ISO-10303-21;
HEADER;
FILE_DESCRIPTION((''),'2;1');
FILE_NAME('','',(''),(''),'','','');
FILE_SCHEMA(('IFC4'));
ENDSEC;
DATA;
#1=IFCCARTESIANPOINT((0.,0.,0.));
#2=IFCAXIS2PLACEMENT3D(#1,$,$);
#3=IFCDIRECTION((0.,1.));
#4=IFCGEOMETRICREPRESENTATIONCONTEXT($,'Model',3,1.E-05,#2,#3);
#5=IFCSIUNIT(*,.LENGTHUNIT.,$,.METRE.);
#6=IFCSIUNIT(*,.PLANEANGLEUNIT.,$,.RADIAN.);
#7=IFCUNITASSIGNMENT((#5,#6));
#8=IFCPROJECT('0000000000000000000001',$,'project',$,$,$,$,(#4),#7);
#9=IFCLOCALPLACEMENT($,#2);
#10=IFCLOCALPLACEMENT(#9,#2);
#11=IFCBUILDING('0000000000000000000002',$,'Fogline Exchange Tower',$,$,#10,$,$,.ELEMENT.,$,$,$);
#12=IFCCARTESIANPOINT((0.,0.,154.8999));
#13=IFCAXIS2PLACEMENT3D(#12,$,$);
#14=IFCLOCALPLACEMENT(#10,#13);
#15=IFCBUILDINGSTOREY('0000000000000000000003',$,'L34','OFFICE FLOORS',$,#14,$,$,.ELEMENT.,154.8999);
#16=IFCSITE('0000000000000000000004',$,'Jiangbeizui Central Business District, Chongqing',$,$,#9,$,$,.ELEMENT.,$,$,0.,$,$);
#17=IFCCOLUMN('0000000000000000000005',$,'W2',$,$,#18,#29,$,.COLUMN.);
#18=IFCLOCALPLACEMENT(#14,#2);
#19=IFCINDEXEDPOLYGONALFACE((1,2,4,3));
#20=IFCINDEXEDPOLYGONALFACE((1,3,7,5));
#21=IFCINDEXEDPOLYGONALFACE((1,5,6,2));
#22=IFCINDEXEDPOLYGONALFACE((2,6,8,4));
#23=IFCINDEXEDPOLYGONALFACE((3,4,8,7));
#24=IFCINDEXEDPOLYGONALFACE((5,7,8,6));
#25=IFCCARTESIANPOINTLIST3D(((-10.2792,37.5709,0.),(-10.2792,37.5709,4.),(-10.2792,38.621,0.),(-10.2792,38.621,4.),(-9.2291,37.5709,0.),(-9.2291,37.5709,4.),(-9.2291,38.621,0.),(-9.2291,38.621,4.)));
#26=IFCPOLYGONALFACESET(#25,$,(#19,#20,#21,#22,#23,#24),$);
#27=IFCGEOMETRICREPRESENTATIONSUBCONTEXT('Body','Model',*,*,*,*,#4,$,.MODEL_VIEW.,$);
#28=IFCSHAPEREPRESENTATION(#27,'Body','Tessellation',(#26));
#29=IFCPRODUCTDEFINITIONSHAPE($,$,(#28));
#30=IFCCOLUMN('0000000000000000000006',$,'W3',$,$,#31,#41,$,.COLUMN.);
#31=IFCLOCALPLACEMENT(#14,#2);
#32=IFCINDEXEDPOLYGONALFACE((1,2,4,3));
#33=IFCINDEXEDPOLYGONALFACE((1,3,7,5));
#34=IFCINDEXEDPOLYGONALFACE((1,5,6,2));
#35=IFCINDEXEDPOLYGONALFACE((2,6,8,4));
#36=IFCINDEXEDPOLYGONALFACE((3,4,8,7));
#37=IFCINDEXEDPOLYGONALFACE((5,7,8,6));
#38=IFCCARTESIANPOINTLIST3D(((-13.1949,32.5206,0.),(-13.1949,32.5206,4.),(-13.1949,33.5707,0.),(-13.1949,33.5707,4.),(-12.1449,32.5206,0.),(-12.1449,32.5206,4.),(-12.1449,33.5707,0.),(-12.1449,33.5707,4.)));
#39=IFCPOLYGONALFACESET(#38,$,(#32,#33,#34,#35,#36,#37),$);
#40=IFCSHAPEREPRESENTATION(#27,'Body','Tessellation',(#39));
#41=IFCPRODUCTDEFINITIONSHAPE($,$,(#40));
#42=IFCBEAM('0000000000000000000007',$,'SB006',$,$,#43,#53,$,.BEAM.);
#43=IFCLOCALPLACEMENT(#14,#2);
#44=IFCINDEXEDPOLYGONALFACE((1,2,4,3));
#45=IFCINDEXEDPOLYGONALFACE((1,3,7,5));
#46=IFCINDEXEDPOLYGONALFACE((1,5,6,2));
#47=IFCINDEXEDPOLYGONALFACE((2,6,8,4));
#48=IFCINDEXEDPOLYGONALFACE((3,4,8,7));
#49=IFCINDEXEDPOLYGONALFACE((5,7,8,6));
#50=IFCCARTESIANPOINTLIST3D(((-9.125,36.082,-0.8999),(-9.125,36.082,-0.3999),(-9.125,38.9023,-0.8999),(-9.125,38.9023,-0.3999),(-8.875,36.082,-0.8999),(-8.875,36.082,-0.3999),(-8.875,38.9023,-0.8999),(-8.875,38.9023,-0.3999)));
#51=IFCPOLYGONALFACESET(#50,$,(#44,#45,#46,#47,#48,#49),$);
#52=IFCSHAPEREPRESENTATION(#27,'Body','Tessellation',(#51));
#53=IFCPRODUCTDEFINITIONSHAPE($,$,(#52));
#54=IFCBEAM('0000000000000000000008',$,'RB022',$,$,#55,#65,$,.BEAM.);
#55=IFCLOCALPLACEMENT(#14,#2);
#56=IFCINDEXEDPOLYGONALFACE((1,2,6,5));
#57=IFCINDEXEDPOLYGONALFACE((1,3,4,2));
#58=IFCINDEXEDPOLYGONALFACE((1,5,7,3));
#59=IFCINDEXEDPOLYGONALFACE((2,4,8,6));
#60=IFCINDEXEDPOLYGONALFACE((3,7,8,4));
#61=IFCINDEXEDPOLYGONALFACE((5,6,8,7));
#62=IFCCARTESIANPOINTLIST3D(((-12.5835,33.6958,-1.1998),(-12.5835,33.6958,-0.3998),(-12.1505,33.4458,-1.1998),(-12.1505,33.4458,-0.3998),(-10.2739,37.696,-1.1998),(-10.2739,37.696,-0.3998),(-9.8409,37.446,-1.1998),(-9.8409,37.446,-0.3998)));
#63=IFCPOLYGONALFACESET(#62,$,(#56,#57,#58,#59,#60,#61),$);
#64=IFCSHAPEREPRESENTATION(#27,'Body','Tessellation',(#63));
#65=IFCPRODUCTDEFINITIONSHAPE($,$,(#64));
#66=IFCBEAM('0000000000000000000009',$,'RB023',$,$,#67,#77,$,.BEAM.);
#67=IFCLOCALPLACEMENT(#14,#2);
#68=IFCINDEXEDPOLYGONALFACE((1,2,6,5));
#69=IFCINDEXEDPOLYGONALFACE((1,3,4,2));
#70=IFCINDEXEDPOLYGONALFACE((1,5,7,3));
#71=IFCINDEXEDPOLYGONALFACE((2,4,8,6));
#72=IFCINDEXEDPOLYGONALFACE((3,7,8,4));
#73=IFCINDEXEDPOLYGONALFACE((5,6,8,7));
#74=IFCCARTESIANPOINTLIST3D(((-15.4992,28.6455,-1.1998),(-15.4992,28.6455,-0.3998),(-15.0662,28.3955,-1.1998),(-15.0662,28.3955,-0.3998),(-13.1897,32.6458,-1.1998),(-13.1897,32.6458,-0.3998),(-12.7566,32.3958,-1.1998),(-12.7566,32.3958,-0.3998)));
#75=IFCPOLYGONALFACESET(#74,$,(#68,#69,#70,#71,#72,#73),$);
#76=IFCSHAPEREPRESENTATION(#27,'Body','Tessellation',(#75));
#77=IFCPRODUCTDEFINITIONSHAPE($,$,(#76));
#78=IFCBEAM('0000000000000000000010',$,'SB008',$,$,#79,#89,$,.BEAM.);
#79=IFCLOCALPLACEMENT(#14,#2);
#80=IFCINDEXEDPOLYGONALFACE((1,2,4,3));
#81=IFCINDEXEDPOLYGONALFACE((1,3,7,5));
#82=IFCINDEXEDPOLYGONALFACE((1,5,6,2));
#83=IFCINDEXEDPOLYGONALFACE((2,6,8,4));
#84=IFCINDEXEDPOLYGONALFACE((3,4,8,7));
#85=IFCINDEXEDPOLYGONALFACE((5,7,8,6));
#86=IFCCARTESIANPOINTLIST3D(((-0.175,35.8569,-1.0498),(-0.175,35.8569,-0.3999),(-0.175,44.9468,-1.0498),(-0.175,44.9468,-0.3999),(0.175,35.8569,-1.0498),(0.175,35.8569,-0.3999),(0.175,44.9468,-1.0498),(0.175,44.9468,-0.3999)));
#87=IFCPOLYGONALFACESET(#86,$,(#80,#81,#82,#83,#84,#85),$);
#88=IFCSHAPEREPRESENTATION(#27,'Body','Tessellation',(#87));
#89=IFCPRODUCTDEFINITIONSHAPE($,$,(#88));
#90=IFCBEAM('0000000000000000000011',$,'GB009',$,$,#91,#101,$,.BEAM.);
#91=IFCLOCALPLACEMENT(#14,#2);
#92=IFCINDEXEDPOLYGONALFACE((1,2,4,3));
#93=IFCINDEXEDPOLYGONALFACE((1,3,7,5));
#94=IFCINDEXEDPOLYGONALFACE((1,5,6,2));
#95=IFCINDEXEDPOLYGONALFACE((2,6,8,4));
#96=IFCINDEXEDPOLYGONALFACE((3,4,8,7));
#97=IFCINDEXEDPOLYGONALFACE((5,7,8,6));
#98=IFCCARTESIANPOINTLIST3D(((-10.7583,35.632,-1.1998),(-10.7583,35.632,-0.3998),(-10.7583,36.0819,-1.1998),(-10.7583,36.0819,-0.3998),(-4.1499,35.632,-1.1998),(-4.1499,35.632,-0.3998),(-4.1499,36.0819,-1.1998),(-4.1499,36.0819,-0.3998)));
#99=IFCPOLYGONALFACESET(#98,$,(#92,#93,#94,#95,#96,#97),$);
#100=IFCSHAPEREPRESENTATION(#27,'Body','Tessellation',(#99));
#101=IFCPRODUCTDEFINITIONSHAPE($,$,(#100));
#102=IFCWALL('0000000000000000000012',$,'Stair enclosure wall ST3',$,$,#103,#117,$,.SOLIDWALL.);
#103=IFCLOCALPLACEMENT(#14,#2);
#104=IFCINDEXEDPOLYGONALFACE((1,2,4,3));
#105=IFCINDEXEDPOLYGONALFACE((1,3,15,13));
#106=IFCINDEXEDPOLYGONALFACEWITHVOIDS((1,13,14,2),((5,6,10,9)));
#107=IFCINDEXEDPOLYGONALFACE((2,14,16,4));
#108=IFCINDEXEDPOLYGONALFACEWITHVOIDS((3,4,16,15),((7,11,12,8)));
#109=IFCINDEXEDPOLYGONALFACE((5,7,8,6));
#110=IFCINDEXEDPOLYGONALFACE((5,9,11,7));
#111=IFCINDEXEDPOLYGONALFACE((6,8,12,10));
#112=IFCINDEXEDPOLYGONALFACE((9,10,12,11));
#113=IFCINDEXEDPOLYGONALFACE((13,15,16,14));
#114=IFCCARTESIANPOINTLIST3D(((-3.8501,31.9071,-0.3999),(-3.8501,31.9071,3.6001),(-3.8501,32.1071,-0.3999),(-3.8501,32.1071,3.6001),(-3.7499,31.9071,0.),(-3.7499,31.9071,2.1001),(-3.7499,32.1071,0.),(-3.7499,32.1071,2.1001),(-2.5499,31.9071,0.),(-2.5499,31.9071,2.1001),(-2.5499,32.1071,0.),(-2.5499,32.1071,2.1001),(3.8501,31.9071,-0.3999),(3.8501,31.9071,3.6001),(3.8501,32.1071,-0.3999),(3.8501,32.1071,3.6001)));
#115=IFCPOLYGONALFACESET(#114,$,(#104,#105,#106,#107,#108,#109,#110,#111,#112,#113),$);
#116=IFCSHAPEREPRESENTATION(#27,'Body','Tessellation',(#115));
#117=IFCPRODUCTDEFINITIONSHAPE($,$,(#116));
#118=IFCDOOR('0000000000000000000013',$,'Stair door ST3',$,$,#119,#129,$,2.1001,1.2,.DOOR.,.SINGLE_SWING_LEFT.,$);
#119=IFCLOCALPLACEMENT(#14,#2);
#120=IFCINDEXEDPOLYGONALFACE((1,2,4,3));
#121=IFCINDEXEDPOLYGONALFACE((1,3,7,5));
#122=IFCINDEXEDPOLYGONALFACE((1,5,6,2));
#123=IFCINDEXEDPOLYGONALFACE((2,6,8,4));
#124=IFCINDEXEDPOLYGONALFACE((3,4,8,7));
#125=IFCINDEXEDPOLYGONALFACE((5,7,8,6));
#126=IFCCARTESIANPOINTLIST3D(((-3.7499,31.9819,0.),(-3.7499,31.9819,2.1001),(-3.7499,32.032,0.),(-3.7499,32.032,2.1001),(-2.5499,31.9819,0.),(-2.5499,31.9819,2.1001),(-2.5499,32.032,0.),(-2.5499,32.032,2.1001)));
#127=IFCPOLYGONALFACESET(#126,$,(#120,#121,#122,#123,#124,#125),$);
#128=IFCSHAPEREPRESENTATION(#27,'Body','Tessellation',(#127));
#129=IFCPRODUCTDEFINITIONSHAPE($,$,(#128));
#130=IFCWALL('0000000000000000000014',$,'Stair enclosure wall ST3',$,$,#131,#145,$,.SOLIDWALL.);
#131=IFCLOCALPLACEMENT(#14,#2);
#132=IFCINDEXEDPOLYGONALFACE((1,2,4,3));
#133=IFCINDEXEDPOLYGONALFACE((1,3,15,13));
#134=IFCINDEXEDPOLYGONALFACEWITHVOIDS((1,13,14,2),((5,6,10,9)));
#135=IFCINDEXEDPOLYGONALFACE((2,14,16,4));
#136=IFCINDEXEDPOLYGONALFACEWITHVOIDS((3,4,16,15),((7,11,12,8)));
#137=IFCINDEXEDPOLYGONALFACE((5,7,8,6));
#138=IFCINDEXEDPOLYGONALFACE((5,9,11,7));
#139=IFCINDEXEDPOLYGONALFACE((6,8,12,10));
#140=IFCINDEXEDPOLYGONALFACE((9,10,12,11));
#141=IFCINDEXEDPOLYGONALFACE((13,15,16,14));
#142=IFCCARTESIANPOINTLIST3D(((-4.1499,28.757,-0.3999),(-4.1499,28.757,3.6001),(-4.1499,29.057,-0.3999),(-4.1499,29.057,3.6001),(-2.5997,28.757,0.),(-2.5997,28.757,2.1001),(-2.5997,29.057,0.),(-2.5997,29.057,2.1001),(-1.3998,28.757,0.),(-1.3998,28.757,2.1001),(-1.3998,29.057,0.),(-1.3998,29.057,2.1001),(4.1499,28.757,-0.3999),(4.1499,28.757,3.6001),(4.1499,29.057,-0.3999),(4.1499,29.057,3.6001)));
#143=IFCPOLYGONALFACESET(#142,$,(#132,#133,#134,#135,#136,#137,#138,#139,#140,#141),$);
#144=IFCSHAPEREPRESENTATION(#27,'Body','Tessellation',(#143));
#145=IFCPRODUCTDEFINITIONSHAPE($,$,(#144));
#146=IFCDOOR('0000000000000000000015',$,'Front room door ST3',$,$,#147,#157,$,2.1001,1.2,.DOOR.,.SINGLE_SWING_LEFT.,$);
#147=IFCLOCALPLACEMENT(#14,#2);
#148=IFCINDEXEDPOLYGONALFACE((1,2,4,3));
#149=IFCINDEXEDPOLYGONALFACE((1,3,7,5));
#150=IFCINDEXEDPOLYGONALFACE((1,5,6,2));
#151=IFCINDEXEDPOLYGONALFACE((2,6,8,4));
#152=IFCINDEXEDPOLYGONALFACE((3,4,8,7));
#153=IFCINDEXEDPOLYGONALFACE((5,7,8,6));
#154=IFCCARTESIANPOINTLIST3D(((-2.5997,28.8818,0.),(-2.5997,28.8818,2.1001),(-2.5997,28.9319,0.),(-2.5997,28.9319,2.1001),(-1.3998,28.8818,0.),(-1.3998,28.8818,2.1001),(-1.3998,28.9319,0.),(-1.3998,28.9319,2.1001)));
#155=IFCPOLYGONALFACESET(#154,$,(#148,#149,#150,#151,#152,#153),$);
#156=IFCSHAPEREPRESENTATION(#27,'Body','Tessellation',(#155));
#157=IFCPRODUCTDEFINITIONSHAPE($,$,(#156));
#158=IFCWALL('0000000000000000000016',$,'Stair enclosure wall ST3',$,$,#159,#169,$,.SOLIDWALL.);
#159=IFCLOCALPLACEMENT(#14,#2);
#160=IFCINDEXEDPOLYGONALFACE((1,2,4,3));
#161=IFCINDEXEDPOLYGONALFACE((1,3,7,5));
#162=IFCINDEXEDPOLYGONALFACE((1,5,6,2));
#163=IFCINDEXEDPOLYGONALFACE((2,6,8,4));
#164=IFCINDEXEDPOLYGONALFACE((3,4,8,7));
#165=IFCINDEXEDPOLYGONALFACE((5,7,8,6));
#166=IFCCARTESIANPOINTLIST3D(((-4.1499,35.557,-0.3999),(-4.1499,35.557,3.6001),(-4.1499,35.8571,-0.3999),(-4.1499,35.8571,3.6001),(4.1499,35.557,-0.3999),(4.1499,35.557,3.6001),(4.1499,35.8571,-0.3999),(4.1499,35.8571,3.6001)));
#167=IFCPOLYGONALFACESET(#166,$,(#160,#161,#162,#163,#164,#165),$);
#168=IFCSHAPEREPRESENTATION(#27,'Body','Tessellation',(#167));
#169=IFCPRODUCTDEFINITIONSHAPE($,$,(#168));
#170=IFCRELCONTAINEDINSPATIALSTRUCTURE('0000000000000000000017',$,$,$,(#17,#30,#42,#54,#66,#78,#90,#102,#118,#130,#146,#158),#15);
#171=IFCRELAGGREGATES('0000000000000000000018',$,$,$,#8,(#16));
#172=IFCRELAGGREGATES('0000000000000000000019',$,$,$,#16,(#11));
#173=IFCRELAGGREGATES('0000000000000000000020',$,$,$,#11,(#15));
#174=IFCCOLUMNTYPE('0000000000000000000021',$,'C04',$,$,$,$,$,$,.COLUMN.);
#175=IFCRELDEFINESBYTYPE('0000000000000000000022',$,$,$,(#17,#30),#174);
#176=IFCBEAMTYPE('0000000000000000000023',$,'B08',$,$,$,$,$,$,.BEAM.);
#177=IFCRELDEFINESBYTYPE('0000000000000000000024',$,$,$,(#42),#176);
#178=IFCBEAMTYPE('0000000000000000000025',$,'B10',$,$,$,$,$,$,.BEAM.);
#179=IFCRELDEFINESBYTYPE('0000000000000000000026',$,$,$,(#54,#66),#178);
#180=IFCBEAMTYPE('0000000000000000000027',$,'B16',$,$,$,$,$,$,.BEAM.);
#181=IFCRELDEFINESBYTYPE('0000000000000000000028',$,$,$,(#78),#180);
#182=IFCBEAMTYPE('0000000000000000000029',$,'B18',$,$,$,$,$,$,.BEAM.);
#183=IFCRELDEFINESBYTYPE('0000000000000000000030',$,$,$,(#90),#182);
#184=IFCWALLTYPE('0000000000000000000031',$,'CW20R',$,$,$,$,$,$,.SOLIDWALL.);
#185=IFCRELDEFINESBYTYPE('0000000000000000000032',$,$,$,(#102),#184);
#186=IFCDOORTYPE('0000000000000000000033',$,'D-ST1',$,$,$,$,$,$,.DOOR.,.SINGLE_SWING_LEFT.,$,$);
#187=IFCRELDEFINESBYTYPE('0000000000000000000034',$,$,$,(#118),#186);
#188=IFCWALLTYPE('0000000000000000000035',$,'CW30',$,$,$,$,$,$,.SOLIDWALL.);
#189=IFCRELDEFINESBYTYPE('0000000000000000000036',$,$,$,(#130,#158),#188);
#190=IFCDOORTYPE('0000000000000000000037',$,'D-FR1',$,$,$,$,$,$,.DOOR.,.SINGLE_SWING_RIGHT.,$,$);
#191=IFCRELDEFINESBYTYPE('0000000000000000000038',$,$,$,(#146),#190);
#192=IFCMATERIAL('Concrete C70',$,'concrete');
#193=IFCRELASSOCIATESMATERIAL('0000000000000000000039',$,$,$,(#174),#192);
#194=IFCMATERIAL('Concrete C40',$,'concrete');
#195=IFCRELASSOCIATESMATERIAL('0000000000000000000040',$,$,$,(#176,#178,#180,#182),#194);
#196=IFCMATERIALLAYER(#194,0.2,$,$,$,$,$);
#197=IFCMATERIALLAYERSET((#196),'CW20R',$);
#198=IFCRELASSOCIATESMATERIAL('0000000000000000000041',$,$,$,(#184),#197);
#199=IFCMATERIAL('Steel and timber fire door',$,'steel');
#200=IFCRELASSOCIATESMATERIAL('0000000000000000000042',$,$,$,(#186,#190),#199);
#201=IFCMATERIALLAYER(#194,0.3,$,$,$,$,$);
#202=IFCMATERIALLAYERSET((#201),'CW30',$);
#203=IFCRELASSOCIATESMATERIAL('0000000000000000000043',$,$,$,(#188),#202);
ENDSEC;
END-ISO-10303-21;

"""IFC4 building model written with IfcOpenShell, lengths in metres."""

from ifc_helpers import new_model, si_unit, direction, frame, frame_2d, origin, origin_2d, place, context, subcontext, project, spatial, rectangle, extrude, material, layer, layer_set, material_profile, profile_set, type_object, element, fill, save


model = new_model("IFC4")

# Units and contexts
model_context = context("Model", 3, precision=1e-05, world=origin(), true_north=direction((0.0, 1.0)))
body_context = subcontext(model_context, "Body", "Model", "MODEL_VIEW")
ifc_project = project(units=[si_unit("LENGTHUNIT", "METRE"), si_unit("PLANEANGLEUNIT", "RADIAN")], contexts=[model_context])

# Site, building, storey
site_placement = place(None, origin())
site = spatial("IfcSite", under=ifc_project, at=site_placement, Name="Jiangbeizui Central Business District, Chongqing", CompositionType="ELEMENT", RefElevation=0.0)
building_placement = place(site_placement, origin())
building = spatial("IfcBuilding", under=site, at=building_placement, Name="Fogline Exchange Tower", CompositionType="ELEMENT")
storey_placement = place(building_placement, frame((0.0, 0.0, 154.8999)))
storey = spatial("IfcBuildingStorey", under=building, at=storey_placement, Name="L34", Description="OFFICE FLOORS", CompositionType="ELEMENT", Elevation=154.8999)

# Columns
ifc_material_1 = material(Name="Concrete C70", Category="concrete")
ifc_material_profile_1 = material_profile(ifc_material_1, rectangle(XDim=1.05, YDim=1.05, at=origin_2d()), Name="RC 1050x1050")
ifc_profile_set_1 = profile_set([ifc_material_profile_1], Name="Concrete C70")
column_type = type_object("IfcColumnType", Name="C04", PredefinedType="COLUMN", material=ifc_profile_set_1)
for number, where, z_axis, x_axis, name in (
    (1, (-9.7542, 38.0959, 0.0), (0.0, 0.0, 1.0), (1.0, 0.0, 0.0), "W2"),
    (2, (-12.6699, 33.0457, 0.0), (0.0, 0.0, 1.0), (1.0, 0.0, 0.0), "W3"),
):
    element("IfcColumn", number, at=place(storey_placement, frame(where, z_axis=z_axis, x_axis=x_axis)), inside=storey, type_object=column_type, Name=name, PredefinedType="COLUMN", context=body_context, shape_type="SweptSolid", body=[
        extrude(rectangle(XDim=1.05, YDim=1.05, at=origin_2d()), origin(), (0.0, 0.0, 1.0), 4.0),
    ])

# Beams
ifc_material_2 = material(Name="Concrete C40", Category="concrete")
ifc_material_profile_2 = material_profile(ifc_material_2, rectangle(XDim=0.25, YDim=0.5, at=origin_2d()), Name="RC 250x500")
ifc_profile_set_2 = profile_set([ifc_material_profile_2], Name="Concrete C40")
beam_type_1 = type_object("IfcBeamType", Name="B08", PredefinedType="BEAM", material=ifc_profile_set_2)
beam_1_placement = place(storey_placement, frame((-9.0, 36.082, -0.6499), z_axis=(0.0, 1.0, 0.0), x_axis=(-1.0, 0.0, 0.0)))
element("IfcBeam", 3, at=beam_1_placement, inside=storey, type_object=beam_type_1, Name="SB006", PredefinedType="BEAM", context=body_context, shape_type="SweptSolid", body=[
    extrude(rectangle(XDim=0.25, YDim=0.5, at=origin_2d()), origin(), (0.0, 0.0, 1.0), 2.8203),
])
ifc_material_profile_3 = material_profile(ifc_material_2, rectangle(XDim=0.5, YDim=0.8, at=origin_2d()), Name="RC 500x800")
ifc_profile_set_3 = profile_set([ifc_material_profile_3], Name="Concrete C40")
beam_type_2 = type_object("IfcBeamType", Name="B10", PredefinedType="BEAM", material=ifc_profile_set_3)
for number, where, z_axis, x_axis, name in (
    (4, (-10.0574, 37.571, -0.7998), (-0.500005, -0.866023, 0.0), (0.866023, -0.500005, 0.0), "RB022"),
    (5, (-12.9731, 32.5208, -0.7998), (-0.500005, -0.866023, 0.0), (0.866023, -0.500005, 0.0), "RB023"),
):
    element("IfcBeam", number, at=place(storey_placement, frame(where, z_axis=z_axis, x_axis=x_axis)), inside=storey, type_object=beam_type_2, Name=name, PredefinedType="BEAM", context=body_context, shape_type="SweptSolid", body=[
        extrude(rectangle(XDim=0.5, YDim=0.8, at=origin_2d()), origin(), (0.0, 0.0, 1.0), 4.6191),
    ])
ifc_material_profile_4 = material_profile(ifc_material_2, rectangle(XDim=0.3501, YDim=0.6499, at=origin_2d()), Name="RC 350x650")
ifc_profile_set_4 = profile_set([ifc_material_profile_4], Name="Concrete C40")
beam_type_3 = type_object("IfcBeamType", Name="B16", PredefinedType="BEAM", material=ifc_profile_set_4)
beam_2_placement = place(storey_placement, frame((0.0, 35.8569, -0.7249), z_axis=(0.0, 1.0, 0.0), x_axis=(-1.0, 0.0, 0.0)))
element("IfcBeam", 6, at=beam_2_placement, inside=storey, type_object=beam_type_3, Name="SB008", PredefinedType="BEAM", context=body_context, shape_type="SweptSolid", body=[
    extrude(rectangle(XDim=0.3501, YDim=0.6499, at=origin_2d()), origin(), (0.0, 0.0, 1.0), 9.0898),
])
ifc_material_profile_5 = material_profile(ifc_material_2, rectangle(XDim=0.45, YDim=0.8, at=origin_2d()), Name="RC 450x800")
ifc_profile_set_5 = profile_set([ifc_material_profile_5], Name="Concrete C40")
beam_type_4 = type_object("IfcBeamType", Name="B18", PredefinedType="BEAM", material=ifc_profile_set_5)
beam_3_placement = place(storey_placement, frame((-10.7583, 35.8569, -0.7998), z_axis=(1.0, 0.0, 0.0), x_axis=(0.0, 1.0, 0.0)))
element("IfcBeam", 7, at=beam_3_placement, inside=storey, type_object=beam_type_4, Name="GB009", PredefinedType="BEAM", context=body_context, shape_type="SweptSolid", body=[
    extrude(rectangle(XDim=0.45, YDim=0.8, at=origin_2d()), origin(), (0.0, 0.0, 1.0), 6.6084),
])

# Walls, openings, doors
ifc_layer_1 = layer(ifc_material_2, 0.2)
ifc_layer_set_1 = layer_set([ifc_layer_1], Name="CW20R")
wall_type_1 = type_object("IfcWallType", Name="CW20R", PredefinedType="SOLIDWALL", material=ifc_layer_set_1)
wall_1_placement = place(storey_placement, frame((-3.8501, 32.0071, -0.3999), z_axis=(0.0, 0.0, 1.0), x_axis=(1.0, 0.0, 0.0)))
wall_1 = element("IfcWall", 8, at=wall_1_placement, inside=storey, type_object=wall_type_1, Name="Stair enclosure wall ST3", PredefinedType="SOLIDWALL", context=body_context, shape_type="SweptSolid", body=[
    extrude(rectangle(XDim=7.7002, YDim=0.2, at=frame_2d((3.8501, 0.0))), origin(), (0.0, 0.0, 1.0), 4.0),
])
opening_1_placement = place(wall_1_placement, frame((0.1001, 0.0, 0.3999)))
opening_1 = element("IfcOpeningElement", 9, at=opening_1_placement, cuts=wall_1, PredefinedType="OPENING", context=body_context, shape_type="SweptSolid", body=[
    extrude(rectangle(XDim=1.2, YDim=2.1001, at=frame_2d((0.6001, 1.05))), frame((0.0, 0.1099, 0.0), z_axis=(0.0, -1.0, 0.0), x_axis=(1.0, 0.0, 0.0)), (0.0, 0.0, 1.0), 0.22),
])
ifc_material_3 = material(Name="Steel and timber fire door", Category="steel")
door_type_1 = type_object("IfcDoorType", Name="D-ST1", OperationType="SINGLE_SWING_LEFT", PredefinedType="DOOR", material=ifc_material_3)
door_1_placement = place(opening_1_placement, origin())
door_1 = element("IfcDoor", 10, at=door_1_placement, inside=storey, type_object=door_type_1, Name="Stair door ST3", OperationType="SINGLE_SWING_LEFT", OverallHeight=2.1001, OverallWidth=1.2, PredefinedType="DOOR", context=body_context, shape_type="SweptSolid", body=[
    extrude(rectangle(XDim=1.2, YDim=2.1001, at=frame_2d((0.6001, 1.05))), frame((0.0, 0.0249, 0.0), z_axis=(0.0, -1.0, 0.0), x_axis=(1.0, 0.0, 0.0)), (0.0, 0.0, 1.0), 0.05),
])
fill(opening_1, door_1)
ifc_layer_2 = layer(ifc_material_2, 0.3)
ifc_layer_set_2 = layer_set([ifc_layer_2], Name="CW30")
wall_type_2 = type_object("IfcWallType", Name="CW30", PredefinedType="SOLIDWALL", material=ifc_layer_set_2)
wall_2_placement = place(storey_placement, frame((-4.1499, 28.907, -0.3999), z_axis=(0.0, 0.0, 1.0), x_axis=(1.0, 0.0, 0.0)))
wall_2 = element("IfcWall", 11, at=wall_2_placement, inside=storey, type_object=wall_type_2, Name="Stair enclosure wall ST3", PredefinedType="SOLIDWALL", context=body_context, shape_type="SweptSolid", body=[
    extrude(rectangle(XDim=8.2998, YDim=0.3, at=frame_2d((4.1499, 0.0))), origin(), (0.0, 0.0, 1.0), 4.0),
])
opening_2_placement = place(wall_2_placement, frame((1.55, 0.0, 0.3999)))
opening_2 = element("IfcOpeningElement", 12, at=opening_2_placement, cuts=wall_2, PredefinedType="OPENING", context=body_context, shape_type="SweptSolid", body=[
    extrude(rectangle(XDim=1.2, YDim=2.1001, at=frame_2d((0.6001, 1.05))), frame((0.0, 0.1602, 0.0), z_axis=(0.0, -1.0, 0.0), x_axis=(1.0, 0.0, 0.0)), (0.0, 0.0, 1.0), 0.3201),
])
door_type_2 = type_object("IfcDoorType", Name="D-FR1", OperationType="SINGLE_SWING_RIGHT", PredefinedType="DOOR", material=ifc_material_3)
door_2_placement = place(opening_2_placement, origin())
door_2 = element("IfcDoor", 13, at=door_2_placement, inside=storey, type_object=door_type_2, Name="Front room door ST3", OperationType="SINGLE_SWING_LEFT", OverallHeight=2.1001, OverallWidth=1.2, PredefinedType="DOOR", context=body_context, shape_type="SweptSolid", body=[
    extrude(rectangle(XDim=1.2, YDim=2.1001, at=frame_2d((0.6001, 1.05))), frame((0.0, 0.0249, 0.0), z_axis=(0.0, -1.0, 0.0), x_axis=(1.0, 0.0, 0.0)), (0.0, 0.0, 1.0), 0.05),
])
fill(opening_2, door_2)

# Wall
wall_3_placement = place(storey_placement, frame((-4.1499, 35.707, -0.3999), z_axis=(0.0, 0.0, 1.0), x_axis=(1.0, 0.0, 0.0)))
element("IfcWall", 14, at=wall_3_placement, inside=storey, type_object=wall_type_2, Name="Stair enclosure wall ST3", PredefinedType="SOLIDWALL", context=body_context, shape_type="SweptSolid", body=[
    extrude(rectangle(XDim=8.2998, YDim=0.3, at=frame_2d((4.1499, 0.0))), origin(), (0.0, 0.0, 1.0), 4.0),
])

save(model, "model.ifc")
